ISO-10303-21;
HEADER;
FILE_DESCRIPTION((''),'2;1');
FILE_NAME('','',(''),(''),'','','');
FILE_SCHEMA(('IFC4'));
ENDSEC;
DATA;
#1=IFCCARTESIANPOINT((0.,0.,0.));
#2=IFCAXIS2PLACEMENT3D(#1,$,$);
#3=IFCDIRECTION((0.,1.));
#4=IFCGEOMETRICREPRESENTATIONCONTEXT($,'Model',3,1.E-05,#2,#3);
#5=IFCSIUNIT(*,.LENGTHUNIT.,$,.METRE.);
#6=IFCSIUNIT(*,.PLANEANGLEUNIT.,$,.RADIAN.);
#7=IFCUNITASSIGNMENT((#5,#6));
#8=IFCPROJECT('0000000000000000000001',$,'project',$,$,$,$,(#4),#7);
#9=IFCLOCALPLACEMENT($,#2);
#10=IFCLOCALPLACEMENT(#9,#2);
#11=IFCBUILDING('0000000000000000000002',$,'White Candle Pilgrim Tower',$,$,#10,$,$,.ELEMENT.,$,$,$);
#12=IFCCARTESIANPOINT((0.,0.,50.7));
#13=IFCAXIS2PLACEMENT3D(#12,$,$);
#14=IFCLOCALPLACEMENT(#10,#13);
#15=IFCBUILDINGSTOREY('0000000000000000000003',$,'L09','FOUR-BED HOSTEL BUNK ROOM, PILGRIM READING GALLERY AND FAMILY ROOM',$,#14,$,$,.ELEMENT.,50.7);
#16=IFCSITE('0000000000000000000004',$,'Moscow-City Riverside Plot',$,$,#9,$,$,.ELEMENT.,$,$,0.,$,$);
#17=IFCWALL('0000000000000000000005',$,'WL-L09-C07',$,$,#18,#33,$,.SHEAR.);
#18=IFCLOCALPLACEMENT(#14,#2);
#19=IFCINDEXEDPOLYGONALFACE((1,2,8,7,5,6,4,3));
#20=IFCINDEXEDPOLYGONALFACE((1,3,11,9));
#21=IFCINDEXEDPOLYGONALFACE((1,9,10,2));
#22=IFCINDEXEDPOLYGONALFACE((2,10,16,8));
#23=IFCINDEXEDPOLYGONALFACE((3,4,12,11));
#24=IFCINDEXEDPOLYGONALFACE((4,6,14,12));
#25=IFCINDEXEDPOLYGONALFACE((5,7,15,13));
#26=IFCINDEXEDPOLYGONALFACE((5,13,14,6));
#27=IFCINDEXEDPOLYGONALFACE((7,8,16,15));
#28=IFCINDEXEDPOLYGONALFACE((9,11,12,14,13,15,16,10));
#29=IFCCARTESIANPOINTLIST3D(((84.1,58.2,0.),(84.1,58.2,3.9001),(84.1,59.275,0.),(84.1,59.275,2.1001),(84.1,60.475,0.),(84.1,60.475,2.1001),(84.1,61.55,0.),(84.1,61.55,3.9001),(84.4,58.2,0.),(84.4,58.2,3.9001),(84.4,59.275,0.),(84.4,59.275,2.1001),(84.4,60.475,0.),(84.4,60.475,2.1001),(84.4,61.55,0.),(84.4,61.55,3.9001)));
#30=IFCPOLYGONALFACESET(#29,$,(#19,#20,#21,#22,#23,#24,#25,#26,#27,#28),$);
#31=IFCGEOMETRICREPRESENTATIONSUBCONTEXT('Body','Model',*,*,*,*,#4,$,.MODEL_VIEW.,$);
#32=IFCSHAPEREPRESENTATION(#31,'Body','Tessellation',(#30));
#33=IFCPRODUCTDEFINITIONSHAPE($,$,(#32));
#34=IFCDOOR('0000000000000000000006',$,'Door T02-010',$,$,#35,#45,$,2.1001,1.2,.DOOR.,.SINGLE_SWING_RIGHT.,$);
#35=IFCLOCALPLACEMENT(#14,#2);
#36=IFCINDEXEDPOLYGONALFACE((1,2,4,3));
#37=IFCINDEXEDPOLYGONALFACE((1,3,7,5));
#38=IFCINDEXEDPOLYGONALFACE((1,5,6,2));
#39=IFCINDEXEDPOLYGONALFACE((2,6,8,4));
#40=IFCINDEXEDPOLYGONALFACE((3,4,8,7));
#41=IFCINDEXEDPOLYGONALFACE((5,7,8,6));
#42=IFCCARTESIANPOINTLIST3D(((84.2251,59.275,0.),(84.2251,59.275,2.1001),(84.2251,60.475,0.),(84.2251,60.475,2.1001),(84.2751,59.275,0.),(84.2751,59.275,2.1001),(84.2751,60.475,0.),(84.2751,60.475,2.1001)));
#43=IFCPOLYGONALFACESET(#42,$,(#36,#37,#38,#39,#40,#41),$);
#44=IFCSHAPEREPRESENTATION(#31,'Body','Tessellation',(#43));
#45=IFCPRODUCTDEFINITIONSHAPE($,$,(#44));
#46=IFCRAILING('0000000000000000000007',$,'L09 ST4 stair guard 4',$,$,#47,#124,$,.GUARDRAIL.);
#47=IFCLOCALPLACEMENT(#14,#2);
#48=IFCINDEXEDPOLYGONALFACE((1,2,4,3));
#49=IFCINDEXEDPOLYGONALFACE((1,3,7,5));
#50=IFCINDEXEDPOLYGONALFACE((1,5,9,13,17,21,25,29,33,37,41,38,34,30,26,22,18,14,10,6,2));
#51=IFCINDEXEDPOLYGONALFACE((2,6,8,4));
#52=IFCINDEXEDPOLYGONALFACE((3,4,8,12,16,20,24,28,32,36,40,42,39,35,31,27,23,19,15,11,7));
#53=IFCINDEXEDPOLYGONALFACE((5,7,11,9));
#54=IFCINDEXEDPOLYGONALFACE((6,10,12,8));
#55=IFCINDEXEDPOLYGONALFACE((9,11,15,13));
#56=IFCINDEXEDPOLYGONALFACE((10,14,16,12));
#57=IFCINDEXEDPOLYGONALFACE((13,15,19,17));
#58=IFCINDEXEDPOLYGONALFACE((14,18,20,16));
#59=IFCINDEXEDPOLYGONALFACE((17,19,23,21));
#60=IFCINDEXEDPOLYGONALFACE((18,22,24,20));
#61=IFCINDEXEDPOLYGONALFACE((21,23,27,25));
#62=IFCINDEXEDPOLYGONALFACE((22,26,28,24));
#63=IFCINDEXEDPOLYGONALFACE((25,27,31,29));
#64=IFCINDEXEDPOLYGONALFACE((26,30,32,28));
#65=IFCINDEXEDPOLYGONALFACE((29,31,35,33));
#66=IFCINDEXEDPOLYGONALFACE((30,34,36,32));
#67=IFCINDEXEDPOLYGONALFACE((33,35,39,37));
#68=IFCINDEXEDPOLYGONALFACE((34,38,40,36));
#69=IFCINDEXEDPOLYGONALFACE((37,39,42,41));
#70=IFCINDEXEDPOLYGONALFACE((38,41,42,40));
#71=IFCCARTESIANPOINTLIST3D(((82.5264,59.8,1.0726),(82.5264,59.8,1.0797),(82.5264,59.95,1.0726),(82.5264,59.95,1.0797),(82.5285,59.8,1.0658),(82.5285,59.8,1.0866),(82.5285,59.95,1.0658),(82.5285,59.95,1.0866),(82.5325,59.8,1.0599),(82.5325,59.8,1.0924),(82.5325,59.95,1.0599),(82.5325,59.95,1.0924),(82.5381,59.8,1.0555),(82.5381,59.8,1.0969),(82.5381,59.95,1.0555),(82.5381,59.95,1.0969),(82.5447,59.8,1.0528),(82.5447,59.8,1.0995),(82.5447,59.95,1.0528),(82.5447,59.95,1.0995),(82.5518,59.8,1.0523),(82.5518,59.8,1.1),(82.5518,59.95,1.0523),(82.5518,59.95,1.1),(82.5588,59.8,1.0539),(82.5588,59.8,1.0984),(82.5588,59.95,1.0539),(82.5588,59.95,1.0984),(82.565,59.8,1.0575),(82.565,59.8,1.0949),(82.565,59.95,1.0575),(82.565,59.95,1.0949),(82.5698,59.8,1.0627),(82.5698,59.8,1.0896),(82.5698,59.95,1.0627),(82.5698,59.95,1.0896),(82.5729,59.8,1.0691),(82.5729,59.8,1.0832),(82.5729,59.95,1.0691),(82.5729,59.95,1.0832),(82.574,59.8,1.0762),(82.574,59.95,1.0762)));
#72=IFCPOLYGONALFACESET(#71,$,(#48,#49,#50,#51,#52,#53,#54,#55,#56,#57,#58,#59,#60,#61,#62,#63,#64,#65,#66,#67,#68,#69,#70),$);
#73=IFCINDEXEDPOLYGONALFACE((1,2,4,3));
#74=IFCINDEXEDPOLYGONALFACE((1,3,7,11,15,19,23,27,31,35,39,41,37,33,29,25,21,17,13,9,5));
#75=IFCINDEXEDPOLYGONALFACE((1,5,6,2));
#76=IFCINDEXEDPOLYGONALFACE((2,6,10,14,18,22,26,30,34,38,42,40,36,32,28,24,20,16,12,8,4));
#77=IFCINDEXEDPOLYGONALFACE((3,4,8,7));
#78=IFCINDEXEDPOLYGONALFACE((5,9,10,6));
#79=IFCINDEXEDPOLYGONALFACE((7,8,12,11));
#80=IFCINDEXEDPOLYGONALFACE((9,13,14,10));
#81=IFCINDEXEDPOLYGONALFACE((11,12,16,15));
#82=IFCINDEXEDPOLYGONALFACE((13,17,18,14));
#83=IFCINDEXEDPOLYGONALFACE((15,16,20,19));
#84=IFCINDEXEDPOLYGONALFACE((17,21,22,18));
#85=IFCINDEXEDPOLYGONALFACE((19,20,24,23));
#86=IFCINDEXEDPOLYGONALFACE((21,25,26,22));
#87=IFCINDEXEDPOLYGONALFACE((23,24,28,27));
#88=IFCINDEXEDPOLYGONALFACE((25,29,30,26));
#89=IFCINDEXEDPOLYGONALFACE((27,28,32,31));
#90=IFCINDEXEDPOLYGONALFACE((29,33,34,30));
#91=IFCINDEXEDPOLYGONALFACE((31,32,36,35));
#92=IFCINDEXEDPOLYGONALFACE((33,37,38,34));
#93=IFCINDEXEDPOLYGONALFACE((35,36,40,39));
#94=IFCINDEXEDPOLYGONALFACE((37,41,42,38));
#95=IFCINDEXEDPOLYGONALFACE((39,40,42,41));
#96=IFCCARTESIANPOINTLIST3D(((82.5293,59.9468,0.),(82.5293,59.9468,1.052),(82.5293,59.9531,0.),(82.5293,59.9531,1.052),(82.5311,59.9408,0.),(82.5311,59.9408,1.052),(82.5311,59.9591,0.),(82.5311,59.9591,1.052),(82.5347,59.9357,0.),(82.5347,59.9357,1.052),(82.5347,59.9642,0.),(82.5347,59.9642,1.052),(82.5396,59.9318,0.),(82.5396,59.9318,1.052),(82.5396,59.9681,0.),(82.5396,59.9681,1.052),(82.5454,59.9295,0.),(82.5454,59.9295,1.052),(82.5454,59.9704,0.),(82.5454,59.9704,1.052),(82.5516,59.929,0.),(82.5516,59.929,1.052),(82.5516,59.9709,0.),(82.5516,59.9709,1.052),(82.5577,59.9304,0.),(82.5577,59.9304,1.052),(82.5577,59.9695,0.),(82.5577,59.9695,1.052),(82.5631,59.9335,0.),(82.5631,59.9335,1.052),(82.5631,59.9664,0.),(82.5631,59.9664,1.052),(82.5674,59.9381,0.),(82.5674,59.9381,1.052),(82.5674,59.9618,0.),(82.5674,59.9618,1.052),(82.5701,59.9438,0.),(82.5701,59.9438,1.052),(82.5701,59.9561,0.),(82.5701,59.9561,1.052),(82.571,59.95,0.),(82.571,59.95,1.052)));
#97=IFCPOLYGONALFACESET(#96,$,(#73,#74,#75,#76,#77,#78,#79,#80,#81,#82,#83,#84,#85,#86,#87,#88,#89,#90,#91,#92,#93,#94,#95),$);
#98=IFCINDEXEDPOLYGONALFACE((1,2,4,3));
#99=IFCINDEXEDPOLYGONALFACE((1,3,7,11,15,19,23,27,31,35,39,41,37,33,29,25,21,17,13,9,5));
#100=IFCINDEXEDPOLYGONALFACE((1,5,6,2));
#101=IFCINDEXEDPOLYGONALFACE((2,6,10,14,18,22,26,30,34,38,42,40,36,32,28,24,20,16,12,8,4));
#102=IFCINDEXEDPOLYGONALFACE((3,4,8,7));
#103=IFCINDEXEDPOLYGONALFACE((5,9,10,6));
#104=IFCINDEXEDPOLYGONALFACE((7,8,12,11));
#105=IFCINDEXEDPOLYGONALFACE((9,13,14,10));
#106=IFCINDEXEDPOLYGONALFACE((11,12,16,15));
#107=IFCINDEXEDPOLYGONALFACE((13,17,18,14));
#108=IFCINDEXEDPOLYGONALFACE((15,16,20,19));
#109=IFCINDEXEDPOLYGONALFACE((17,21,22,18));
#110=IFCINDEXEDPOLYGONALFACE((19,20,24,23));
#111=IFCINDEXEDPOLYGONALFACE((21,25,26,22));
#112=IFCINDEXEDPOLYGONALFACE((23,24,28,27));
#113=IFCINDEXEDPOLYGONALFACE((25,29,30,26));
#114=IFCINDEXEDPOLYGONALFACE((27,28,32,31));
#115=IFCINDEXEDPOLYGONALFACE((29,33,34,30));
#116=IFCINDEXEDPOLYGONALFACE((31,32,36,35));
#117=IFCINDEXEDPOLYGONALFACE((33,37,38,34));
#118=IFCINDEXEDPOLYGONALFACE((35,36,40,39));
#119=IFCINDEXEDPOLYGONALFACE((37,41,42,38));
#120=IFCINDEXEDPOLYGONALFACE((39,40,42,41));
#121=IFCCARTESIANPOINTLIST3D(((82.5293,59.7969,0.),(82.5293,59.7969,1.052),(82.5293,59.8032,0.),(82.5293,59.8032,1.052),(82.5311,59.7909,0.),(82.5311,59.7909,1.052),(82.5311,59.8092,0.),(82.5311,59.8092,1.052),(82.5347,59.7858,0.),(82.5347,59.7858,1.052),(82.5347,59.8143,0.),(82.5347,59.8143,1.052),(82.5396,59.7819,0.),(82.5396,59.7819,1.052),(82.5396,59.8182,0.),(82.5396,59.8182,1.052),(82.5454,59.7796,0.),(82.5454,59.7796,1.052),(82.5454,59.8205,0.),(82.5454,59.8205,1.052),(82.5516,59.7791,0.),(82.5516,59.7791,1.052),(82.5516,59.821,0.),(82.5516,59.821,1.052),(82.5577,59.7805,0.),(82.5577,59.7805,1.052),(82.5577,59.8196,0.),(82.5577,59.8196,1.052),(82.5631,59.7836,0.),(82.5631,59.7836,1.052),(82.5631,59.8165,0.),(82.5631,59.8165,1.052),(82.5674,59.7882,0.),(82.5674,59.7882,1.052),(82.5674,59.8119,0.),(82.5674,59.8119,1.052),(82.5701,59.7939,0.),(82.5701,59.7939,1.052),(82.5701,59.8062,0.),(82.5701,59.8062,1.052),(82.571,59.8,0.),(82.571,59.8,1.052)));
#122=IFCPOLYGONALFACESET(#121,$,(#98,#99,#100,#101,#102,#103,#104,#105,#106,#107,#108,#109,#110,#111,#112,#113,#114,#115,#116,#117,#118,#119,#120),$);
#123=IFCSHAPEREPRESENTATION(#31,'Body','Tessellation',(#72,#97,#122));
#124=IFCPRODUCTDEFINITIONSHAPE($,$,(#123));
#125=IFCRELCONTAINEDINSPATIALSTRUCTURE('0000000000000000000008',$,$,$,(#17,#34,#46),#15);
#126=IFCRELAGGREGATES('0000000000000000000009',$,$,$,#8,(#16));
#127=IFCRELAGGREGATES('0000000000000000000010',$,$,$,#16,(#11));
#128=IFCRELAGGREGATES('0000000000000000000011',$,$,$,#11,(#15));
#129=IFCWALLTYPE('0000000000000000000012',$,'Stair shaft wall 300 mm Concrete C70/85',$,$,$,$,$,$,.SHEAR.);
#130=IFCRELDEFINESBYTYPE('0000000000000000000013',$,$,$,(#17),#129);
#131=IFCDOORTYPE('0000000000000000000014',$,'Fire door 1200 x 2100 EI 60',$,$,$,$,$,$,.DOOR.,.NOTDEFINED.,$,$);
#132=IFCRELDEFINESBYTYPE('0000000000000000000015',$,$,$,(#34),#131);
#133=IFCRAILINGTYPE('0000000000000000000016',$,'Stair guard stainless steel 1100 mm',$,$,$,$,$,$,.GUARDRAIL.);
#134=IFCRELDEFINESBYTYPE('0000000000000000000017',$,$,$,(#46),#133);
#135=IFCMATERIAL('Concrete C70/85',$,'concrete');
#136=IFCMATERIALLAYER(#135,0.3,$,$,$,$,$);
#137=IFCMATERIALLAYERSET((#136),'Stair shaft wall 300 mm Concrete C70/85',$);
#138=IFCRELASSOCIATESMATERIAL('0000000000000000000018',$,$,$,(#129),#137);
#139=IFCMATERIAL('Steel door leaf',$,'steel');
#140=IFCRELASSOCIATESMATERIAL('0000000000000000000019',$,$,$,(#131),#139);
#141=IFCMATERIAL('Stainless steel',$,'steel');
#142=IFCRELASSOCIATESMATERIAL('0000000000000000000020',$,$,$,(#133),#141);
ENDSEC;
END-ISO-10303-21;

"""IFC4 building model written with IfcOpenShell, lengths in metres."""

from ifc_helpers import new_model, si_unit, direction, frame, frame_2d, origin, origin_2d, place, context, subcontext, project, spatial, rectangle, circle, extrude, material, layer, layer_set, type_object, element, fill, save


model = new_model("IFC4")

# Units and contexts
model_context = context("Model", 3, precision=1e-05, world=origin(), true_north=direction((0.0, 1.0)))
body_context = subcontext(model_context, "Body", "Model", "MODEL_VIEW")
ifc_project = project(units=[si_unit("LENGTHUNIT", "METRE"), si_unit("PLANEANGLEUNIT", "RADIAN")], contexts=[model_context])

# Site, building, storey
site_placement = place(None, origin())
site = spatial("IfcSite", under=ifc_project, at=site_placement, Name="Moscow-City Riverside Plot", CompositionType="ELEMENT", RefElevation=0.0)
building_placement = place(site_placement, origin())
building = spatial("IfcBuilding", under=site, at=building_placement, Name="White Candle Pilgrim Tower", CompositionType="ELEMENT")
storey_placement = place(building_placement, frame((0.0, 0.0, 50.7)))
storey = spatial("IfcBuildingStorey", under=building, at=storey_placement, Name="L09", Description="FOUR-BED HOSTEL BUNK ROOM, PILGRIM READING GALLERY AND FAMILY ROOM", CompositionType="ELEMENT", Elevation=50.7)

# Shared definitions
ifc_material_1 = material(Name="Concrete C70/85", Category="concrete")

# Shared definitions
ifc_material_2 = material(Name="Steel door leaf", Category="steel")

# Wall, opening, door
ifc_layer_1 = layer(ifc_material_1, 0.3)
ifc_layer_set_1 = layer_set([ifc_layer_1], Name="Stair shaft wall 300 mm Concrete C70/85")
wall_type_1 = type_object("IfcWallType", Name="Stair shaft wall 300 mm Concrete C70/85", PredefinedType="SHEAR", material=ifc_layer_set_1)
wall_1_placement = place(storey_placement, frame((84.25, 58.2, 0.0), z_axis=(0.0, 0.0, 1.0), x_axis=(0.0, 1.0, 0.0)))
wall_1 = element("IfcWall", 1, at=wall_1_placement, inside=storey, type_object=wall_type_1, Name="WL-L09-C07", PredefinedType="SHEAR", context=body_context, shape_type="SweptSolid", body=[
    extrude(rectangle(XDim=3.3501, YDim=0.3, at=frame_2d((1.675, 0.0))), origin(), (0.0, 0.0, 1.0), 3.9001),
])
opening_1_placement = place(wall_1_placement, frame((1.075, 0.0, 0.0)))
opening_1 = element("IfcOpeningElement", 2, at=opening_1_placement, cuts=wall_1, PredefinedType="OPENING", context=body_context, shape_type="SweptSolid", body=[
    extrude(rectangle(XDim=1.2, YDim=2.1001, at=frame_2d((0.6001, 1.05))), frame((0.0, 0.1599, 0.0), z_axis=(0.0, -1.0, 0.0), x_axis=(1.0, 0.0, 0.0)), (0.0, 0.0, 1.0), 0.3201),
])
door_type_1 = type_object("IfcDoorType", Name="Fire door 1200 x 2100 EI 60", OperationType="NOTDEFINED", PredefinedType="DOOR", material=ifc_material_2)
door_1_placement = place(opening_1_placement, origin())
door_1 = element("IfcDoor", 3, at=door_1_placement, inside=storey, type_object=door_type_1, Name="Door T02-010", OperationType="SINGLE_SWING_RIGHT", OverallHeight=2.1001, OverallWidth=1.2, PredefinedType="DOOR", context=body_context, shape_type="SweptSolid", body=[
    extrude(rectangle(XDim=1.2, YDim=2.1001, at=frame_2d((0.6001, 1.05))), frame((0.0, 0.0249, 0.0), z_axis=(0.0, -1.0, 0.0), x_axis=(1.0, 0.0, 0.0)), (0.0, 0.0, 1.0), 0.05),
])
fill(opening_1, door_1)

# Railing
ifc_material_3 = material(Name="Stainless steel", Category="steel")
railing_type = type_object("IfcRailingType", Name="Stair guard stainless steel 1100 mm", PredefinedType="GUARDRAIL", material=ifc_material_3)
railing_placement = place(storey_placement, frame((82.55, 59.95, 0.0)))
element("IfcRailing", 4, at=railing_placement, inside=storey, type_object=railing_type, Name="L09 ST4 stair guard 4", PredefinedType="GUARDRAIL", context=body_context, shape_type="SweptSolid", body=[
    extrude(circle(Radius=0.0239, at=origin_2d()), frame((0.0, 0.0, 1.0762), z_axis=(0.0, -1.0, 0.0), x_axis=(1.0, 0.0, 0.0)), (0.0, 0.0, 1.0), 0.1499),
    extrude(circle(Radius=0.021, at=origin_2d()), origin(), (0.0, 0.0, 1.0), 1.052),
    extrude(circle(Radius=0.021, at=origin_2d()), frame((0.0, -0.1499, 0.0)), (0.0, 0.0, 1.0), 1.052),
])

save(model, "model.ifc")
